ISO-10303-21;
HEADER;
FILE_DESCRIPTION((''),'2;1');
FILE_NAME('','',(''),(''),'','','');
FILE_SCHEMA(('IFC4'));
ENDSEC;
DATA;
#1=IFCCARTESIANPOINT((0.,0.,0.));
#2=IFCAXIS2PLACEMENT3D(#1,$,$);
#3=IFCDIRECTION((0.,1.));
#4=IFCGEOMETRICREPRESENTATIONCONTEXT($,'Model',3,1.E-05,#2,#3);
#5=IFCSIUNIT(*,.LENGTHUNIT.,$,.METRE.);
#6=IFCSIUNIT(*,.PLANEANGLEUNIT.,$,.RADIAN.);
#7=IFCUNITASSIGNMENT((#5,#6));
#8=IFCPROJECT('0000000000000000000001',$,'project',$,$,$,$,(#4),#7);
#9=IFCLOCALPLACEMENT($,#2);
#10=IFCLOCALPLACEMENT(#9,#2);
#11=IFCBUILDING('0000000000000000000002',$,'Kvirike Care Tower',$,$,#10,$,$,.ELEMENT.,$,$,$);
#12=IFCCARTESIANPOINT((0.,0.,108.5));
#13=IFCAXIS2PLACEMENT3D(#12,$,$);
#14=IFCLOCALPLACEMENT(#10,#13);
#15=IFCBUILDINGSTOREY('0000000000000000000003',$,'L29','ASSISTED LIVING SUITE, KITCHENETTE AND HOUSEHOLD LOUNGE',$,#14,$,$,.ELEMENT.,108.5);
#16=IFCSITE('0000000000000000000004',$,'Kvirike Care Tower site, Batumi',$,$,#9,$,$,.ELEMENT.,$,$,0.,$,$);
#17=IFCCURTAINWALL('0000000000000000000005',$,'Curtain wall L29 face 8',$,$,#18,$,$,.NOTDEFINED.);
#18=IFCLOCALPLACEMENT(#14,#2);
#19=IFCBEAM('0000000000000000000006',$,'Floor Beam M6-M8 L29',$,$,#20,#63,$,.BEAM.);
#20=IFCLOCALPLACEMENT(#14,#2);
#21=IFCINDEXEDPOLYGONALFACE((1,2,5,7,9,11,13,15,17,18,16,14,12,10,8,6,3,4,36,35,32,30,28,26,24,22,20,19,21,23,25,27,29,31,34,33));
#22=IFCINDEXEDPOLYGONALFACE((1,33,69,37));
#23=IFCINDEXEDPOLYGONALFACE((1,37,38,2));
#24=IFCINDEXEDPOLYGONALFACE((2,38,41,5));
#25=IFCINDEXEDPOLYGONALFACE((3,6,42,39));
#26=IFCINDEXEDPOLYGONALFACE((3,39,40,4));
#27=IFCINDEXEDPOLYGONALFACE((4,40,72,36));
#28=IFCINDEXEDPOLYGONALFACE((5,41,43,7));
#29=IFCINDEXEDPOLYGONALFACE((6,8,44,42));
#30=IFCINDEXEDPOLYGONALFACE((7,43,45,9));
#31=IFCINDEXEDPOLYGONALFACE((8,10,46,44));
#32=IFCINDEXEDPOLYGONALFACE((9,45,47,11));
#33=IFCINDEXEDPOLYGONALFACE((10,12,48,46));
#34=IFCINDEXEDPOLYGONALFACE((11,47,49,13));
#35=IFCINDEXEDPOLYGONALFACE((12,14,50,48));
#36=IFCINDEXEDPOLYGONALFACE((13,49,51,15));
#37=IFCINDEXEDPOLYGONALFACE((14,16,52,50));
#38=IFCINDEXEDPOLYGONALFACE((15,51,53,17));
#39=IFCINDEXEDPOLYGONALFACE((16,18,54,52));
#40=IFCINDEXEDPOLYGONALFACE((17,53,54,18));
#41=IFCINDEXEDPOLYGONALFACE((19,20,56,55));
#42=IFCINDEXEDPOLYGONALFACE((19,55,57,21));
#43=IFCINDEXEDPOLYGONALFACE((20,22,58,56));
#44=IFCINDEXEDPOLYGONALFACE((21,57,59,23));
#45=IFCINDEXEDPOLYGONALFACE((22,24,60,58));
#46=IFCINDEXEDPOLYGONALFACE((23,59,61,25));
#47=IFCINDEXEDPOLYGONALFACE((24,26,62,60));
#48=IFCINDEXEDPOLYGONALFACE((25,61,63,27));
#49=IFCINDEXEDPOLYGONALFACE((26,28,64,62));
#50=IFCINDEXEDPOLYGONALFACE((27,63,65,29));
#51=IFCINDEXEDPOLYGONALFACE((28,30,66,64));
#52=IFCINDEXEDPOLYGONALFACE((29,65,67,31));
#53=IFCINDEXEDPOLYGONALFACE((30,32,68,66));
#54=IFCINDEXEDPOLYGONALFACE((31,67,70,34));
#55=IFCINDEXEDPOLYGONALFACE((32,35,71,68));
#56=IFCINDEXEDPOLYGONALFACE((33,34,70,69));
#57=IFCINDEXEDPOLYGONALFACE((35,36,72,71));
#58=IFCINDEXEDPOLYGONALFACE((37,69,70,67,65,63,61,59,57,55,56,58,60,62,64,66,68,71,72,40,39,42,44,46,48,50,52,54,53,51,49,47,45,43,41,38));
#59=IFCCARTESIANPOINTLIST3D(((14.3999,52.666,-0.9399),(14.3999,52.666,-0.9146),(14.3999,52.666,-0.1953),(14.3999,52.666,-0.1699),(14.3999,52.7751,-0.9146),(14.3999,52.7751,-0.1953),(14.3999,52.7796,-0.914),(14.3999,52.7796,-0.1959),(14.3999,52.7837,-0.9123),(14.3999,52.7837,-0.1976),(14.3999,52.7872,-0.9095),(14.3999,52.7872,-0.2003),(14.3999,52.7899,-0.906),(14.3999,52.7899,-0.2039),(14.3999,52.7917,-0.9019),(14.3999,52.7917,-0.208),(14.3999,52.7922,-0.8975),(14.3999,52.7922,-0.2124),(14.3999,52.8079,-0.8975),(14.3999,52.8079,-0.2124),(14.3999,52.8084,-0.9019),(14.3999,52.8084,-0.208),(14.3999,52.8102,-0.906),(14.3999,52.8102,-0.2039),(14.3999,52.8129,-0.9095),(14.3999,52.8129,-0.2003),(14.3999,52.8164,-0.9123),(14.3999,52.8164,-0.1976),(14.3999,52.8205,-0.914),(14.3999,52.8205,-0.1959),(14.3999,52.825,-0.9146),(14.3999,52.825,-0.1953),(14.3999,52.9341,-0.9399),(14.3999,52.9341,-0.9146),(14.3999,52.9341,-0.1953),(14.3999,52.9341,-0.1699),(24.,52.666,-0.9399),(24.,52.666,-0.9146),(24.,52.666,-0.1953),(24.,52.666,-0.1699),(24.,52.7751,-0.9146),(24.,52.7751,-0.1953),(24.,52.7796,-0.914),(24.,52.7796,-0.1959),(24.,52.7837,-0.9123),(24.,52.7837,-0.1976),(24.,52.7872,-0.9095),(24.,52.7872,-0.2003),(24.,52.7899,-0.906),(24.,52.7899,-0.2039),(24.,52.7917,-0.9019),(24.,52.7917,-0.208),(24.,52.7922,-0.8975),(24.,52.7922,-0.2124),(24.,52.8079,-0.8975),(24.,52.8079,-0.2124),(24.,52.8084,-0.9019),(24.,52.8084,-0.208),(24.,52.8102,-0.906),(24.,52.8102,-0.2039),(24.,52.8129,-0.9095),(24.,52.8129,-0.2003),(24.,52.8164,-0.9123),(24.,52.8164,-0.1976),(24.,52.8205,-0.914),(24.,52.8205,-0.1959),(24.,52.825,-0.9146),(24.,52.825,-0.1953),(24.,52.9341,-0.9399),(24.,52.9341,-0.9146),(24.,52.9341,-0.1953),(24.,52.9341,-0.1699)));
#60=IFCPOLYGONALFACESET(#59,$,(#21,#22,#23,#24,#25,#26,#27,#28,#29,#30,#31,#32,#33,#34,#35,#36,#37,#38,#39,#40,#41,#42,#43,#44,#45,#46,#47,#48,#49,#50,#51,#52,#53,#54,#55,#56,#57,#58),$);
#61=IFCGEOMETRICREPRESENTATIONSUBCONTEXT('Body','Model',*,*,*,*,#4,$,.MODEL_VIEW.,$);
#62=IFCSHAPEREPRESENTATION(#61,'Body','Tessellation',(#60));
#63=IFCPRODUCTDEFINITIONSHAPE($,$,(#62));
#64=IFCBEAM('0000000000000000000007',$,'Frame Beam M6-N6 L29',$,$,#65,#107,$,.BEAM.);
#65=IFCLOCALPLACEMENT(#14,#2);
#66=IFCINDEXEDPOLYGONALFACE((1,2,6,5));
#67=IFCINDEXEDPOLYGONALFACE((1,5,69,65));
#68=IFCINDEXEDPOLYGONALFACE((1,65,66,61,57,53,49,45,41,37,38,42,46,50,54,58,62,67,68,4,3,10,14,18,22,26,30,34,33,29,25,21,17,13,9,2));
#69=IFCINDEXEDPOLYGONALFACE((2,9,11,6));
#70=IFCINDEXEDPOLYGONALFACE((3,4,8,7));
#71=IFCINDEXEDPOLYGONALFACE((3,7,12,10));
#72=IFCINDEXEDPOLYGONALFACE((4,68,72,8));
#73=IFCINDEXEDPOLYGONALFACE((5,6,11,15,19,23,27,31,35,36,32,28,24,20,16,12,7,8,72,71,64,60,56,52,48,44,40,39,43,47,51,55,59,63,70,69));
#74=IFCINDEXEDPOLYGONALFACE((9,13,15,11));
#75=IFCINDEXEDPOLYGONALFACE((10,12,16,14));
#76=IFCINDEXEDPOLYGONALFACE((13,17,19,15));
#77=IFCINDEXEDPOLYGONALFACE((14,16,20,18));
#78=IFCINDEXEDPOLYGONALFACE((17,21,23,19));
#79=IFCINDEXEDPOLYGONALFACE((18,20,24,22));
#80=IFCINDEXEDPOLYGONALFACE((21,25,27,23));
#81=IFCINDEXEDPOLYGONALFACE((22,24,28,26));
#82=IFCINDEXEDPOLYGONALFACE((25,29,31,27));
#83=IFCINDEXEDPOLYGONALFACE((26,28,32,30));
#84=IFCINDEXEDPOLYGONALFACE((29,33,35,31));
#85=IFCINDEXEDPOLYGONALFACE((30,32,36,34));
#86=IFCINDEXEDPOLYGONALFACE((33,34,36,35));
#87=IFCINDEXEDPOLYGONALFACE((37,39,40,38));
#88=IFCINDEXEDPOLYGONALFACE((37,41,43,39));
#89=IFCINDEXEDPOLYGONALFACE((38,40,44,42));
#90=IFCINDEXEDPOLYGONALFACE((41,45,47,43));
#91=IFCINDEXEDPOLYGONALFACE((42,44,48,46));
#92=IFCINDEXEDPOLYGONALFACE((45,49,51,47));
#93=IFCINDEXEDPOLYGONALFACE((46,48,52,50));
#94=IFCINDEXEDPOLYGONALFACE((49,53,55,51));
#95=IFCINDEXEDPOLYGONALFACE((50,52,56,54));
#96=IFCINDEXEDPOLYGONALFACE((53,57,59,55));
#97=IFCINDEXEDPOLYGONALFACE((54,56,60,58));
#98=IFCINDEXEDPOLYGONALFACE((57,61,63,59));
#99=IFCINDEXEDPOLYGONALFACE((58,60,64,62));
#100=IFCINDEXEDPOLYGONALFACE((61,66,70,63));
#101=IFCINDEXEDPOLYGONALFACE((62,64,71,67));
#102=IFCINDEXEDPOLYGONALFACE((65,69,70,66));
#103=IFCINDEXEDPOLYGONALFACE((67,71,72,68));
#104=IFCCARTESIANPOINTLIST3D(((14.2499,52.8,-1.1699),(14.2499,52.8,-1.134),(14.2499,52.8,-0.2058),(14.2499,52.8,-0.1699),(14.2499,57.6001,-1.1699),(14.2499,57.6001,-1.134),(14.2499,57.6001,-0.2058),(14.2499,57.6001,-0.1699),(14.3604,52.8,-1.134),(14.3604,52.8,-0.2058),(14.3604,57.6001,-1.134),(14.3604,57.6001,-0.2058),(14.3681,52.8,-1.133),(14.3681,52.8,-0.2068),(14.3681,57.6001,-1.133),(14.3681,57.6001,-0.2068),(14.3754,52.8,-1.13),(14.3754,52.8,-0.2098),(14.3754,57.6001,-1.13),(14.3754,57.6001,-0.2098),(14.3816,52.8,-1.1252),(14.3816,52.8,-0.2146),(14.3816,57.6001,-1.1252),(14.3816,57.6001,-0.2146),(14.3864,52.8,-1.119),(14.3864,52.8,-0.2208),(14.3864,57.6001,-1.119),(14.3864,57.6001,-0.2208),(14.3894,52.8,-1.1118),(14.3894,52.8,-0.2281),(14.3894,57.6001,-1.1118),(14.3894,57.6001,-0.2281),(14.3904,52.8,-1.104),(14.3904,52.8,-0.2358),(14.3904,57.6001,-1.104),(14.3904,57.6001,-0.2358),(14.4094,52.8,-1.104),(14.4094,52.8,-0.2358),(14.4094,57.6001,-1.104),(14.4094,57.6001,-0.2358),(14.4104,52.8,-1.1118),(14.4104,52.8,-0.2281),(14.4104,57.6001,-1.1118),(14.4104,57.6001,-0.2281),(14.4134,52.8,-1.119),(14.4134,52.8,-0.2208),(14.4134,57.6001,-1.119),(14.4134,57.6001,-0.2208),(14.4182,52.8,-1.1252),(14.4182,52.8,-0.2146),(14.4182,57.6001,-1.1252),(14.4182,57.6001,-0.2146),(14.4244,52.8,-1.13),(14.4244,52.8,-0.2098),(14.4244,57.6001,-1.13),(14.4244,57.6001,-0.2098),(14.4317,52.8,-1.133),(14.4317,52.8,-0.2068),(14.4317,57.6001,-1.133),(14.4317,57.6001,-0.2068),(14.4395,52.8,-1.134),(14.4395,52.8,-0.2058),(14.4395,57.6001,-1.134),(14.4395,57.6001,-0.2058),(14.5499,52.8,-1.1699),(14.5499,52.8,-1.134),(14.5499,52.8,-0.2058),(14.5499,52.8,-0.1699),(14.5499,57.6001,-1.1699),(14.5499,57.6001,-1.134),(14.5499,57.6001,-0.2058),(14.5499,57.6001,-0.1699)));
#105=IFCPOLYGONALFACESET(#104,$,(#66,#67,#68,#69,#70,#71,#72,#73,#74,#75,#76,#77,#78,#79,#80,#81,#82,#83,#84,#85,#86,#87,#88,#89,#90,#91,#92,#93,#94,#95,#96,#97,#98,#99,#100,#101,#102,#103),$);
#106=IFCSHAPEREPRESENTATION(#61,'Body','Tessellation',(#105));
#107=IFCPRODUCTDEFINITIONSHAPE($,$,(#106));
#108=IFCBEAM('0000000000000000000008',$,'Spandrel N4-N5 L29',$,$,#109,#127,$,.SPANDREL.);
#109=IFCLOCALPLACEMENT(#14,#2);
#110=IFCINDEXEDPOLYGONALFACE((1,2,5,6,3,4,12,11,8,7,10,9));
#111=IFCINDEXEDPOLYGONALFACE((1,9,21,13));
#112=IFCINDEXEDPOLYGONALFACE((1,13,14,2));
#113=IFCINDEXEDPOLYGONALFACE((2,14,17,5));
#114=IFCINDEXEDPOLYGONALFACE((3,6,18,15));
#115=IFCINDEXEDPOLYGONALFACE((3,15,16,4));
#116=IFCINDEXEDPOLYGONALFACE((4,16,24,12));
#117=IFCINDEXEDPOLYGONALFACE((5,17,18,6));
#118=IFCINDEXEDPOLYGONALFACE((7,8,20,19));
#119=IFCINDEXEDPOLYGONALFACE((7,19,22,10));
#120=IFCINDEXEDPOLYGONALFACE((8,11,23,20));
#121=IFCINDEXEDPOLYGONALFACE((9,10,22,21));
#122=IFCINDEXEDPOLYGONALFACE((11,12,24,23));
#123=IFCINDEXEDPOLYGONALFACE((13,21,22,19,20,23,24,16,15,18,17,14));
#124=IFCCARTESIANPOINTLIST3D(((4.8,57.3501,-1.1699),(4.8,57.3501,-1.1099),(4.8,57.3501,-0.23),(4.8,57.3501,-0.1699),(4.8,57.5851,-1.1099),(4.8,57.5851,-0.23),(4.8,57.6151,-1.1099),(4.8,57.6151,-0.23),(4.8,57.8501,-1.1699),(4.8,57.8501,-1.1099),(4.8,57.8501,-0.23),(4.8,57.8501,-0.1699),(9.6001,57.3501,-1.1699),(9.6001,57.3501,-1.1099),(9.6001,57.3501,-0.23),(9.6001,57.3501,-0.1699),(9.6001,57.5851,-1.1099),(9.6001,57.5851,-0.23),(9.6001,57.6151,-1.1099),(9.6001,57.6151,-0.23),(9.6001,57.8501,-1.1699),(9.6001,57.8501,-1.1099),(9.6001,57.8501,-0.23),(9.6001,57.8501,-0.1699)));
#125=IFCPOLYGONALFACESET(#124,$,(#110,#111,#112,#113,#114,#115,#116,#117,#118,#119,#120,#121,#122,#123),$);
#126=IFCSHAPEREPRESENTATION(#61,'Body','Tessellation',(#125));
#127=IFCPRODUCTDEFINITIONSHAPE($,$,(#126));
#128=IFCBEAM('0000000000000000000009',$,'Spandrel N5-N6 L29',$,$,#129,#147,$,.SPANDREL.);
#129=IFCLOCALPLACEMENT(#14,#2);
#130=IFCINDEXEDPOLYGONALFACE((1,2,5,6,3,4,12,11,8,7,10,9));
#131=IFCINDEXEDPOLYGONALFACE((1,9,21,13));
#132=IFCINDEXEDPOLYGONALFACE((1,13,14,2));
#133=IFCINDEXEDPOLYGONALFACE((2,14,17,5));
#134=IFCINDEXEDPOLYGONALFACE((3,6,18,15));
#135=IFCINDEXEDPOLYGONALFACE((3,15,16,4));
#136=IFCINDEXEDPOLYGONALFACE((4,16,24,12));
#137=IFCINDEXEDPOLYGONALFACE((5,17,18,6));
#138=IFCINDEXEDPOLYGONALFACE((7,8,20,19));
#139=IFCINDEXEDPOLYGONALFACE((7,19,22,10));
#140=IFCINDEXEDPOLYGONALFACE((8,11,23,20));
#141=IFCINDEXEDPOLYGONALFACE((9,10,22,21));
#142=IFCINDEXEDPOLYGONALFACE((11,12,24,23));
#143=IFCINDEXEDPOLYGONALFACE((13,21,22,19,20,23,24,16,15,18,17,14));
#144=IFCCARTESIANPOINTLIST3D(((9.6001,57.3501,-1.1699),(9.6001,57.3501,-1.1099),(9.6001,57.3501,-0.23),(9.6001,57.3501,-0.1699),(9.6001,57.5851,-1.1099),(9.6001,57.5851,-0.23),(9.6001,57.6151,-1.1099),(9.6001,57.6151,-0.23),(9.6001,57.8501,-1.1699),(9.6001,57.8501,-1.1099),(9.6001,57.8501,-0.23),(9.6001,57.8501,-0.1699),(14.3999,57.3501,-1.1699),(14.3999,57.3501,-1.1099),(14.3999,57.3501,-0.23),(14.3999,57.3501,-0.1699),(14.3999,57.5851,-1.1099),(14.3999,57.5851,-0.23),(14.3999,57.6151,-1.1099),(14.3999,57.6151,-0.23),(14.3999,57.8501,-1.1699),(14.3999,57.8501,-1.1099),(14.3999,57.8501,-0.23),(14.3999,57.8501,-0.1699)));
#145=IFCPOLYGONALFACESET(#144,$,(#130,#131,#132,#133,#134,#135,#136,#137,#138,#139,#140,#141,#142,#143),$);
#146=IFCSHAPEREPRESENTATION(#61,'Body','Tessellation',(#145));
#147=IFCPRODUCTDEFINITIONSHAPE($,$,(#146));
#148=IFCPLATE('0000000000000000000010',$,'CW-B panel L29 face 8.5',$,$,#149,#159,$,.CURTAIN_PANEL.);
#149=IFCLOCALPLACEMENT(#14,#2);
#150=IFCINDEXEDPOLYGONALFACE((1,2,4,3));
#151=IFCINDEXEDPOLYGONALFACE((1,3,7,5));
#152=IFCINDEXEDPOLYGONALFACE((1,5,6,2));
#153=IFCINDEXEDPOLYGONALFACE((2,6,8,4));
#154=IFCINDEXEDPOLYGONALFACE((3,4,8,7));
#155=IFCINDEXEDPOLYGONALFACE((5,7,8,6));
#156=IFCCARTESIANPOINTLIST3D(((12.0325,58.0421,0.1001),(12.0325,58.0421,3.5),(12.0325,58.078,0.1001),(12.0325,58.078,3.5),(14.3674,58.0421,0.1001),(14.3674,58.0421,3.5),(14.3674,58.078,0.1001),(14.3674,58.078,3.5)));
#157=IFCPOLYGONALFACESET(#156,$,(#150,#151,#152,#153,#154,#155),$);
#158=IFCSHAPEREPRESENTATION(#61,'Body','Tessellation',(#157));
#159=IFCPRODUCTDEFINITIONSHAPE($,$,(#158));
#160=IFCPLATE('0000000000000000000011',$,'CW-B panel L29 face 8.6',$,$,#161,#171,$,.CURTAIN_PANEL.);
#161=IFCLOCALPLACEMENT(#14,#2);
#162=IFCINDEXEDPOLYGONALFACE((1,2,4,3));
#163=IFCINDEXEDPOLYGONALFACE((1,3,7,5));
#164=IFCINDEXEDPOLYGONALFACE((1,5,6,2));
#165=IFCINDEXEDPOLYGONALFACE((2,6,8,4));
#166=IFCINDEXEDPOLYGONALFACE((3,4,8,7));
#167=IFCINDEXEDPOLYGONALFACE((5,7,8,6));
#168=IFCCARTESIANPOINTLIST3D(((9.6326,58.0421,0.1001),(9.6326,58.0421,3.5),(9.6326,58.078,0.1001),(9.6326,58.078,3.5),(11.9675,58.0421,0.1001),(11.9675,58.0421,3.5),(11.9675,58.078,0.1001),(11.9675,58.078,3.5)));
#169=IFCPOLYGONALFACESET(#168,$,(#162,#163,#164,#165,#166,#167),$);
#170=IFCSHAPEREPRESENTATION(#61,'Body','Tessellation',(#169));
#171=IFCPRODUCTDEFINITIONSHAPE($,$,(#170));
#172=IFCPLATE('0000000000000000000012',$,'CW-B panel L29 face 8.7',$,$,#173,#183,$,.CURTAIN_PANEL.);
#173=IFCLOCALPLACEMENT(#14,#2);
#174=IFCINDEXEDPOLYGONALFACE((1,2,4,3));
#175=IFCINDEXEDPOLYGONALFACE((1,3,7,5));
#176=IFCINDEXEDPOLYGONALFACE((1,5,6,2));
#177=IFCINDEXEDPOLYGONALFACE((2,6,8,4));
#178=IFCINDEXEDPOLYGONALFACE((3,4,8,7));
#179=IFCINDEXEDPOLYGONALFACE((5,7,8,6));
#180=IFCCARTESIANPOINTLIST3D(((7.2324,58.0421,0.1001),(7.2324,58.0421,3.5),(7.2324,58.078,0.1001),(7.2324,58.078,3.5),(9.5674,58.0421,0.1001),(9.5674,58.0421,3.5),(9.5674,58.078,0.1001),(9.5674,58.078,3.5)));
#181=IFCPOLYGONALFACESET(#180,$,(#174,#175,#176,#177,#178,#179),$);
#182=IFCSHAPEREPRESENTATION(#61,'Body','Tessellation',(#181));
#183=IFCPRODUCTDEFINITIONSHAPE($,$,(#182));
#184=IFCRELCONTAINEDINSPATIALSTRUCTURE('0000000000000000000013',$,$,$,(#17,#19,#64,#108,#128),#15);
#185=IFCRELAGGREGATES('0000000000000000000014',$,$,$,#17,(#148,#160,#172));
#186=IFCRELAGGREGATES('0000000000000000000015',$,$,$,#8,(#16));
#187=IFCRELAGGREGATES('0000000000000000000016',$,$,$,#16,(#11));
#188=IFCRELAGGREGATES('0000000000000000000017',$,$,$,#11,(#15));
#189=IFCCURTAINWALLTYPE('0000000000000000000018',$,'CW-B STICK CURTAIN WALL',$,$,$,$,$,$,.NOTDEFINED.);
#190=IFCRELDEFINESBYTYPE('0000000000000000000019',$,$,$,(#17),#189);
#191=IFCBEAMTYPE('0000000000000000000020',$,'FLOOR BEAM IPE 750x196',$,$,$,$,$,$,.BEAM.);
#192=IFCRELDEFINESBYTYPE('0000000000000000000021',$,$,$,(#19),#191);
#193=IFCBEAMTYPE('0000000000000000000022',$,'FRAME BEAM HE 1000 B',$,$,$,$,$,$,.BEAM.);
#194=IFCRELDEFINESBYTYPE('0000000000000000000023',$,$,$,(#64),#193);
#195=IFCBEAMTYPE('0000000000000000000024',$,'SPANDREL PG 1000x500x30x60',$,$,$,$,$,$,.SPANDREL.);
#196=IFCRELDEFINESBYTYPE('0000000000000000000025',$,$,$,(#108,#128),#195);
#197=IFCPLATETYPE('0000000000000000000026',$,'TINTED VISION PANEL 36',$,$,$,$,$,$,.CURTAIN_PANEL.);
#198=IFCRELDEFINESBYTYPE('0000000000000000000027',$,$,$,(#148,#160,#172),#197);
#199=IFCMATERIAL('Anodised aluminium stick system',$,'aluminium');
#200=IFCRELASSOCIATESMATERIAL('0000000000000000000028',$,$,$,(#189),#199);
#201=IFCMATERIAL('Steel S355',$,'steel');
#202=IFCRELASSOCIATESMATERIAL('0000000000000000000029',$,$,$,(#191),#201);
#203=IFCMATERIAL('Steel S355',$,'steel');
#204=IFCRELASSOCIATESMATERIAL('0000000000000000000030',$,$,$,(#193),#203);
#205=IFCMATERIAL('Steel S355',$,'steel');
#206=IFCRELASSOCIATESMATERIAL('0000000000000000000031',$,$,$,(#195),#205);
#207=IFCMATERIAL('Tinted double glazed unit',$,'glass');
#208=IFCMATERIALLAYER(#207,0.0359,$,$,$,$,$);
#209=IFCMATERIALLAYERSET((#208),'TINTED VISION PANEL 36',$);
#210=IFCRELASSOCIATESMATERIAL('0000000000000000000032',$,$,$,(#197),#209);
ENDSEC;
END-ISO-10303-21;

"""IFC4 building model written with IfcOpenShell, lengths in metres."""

from ifc_helpers import new_model, si_unit, direction, frame, origin, origin_2d, place, context, subcontext, project, spatial, rectangle, i_section, extrude, material, layer, layer_set, material_profile, profile_set, type_object, element, aggregate, save


model = new_model("IFC4")

# Units and contexts
model_context = context("Model", 3, precision=1e-05, world=origin(), true_north=direction((0.0, 1.0)))
body_context = subcontext(model_context, "Body", "Model", "MODEL_VIEW")
ifc_project = project(units=[si_unit("LENGTHUNIT", "METRE"), si_unit("PLANEANGLEUNIT", "RADIAN")], contexts=[model_context])

# Site, building, storey
site_placement = place(None, origin())
site = spatial("IfcSite", under=ifc_project, at=site_placement, Name="Kvirike Care Tower site, Batumi", CompositionType="ELEMENT", RefElevation=0.0)
building_placement = place(site_placement, origin())
building = spatial("IfcBuilding", under=site, at=building_placement, Name="Kvirike Care Tower", CompositionType="ELEMENT")
storey_placement = place(building_placement, frame((0.0, 0.0, 108.5)))
storey = spatial("IfcBuildingStorey", under=building, at=storey_placement, Name="L29", Description="ASSISTED LIVING SUITE, KITCHENETTE AND HOUSEHOLD LOUNGE", CompositionType="ELEMENT", Elevation=108.5)

# Curtain wall
ifc_material_1 = material(Name="Anodised aluminium stick system", Category="aluminium")
curtain_wall_type = type_object("IfcCurtainWallType", Name="CW-B STICK CURTAIN WALL", PredefinedType="NOTDEFINED", material=ifc_material_1)
curtain_wall_placement = place(storey_placement, origin())
curtain_wall = element("IfcCurtainWall", 1, at=curtain_wall_placement, inside=storey, type_object=curtain_wall_type, Name="Curtain wall L29 face 8", PredefinedType="NOTDEFINED")

# Beams
ifc_material_2 = material(Name="Steel S355", Category="steel")
ifc_material_profile_1 = material_profile(ifc_material_2, i_section(OverallWidth=0.2681, OverallDepth=0.77, WebThickness=0.0156, FlangeThickness=0.0254, FilletRadius=0.0171, at=origin_2d()), Name="IPE 750x196")
ifc_profile_set_1 = profile_set([ifc_material_profile_1], Name="Steel S355")
beam_type_1 = type_object("IfcBeamType", Name="FLOOR BEAM IPE 750x196", PredefinedType="BEAM", material=ifc_profile_set_1)
beam_1_placement = place(storey_placement, frame((14.3999, 52.8, -0.5549), z_axis=(1.0, 0.0, 0.0), x_axis=(0.0, 1.0, 0.0)))
element("IfcBeam", 2, at=beam_1_placement, inside=storey, type_object=beam_type_1, Name="Floor Beam M6-M8 L29", PredefinedType="BEAM", context=body_context, shape_type="SweptSolid", body=[
    extrude(i_section(OverallWidth=0.2681, OverallDepth=0.77, WebThickness=0.0156, FlangeThickness=0.0254, FilletRadius=0.0171, at=origin_2d()), origin(), (0.0, 0.0, 1.0), 9.6001),
])
ifc_material_3 = material(Name="Steel S355", Category="steel")
ifc_material_profile_2 = material_profile(ifc_material_3, i_section(OverallWidth=0.3, OverallDepth=1.0, WebThickness=0.019, FlangeThickness=0.0359, FilletRadius=0.03, at=origin_2d()), Name="HE 1000 B")
ifc_profile_set_2 = profile_set([ifc_material_profile_2], Name="Steel S355")
beam_type_2 = type_object("IfcBeamType", Name="FRAME BEAM HE 1000 B", PredefinedType="BEAM", material=ifc_profile_set_2)
beam_2_placement = place(storey_placement, frame((14.3999, 52.8, -0.6699), z_axis=(0.0, 1.0, 0.0), x_axis=(-1.0, 0.0, 0.0)))
element("IfcBeam", 3, at=beam_2_placement, inside=storey, type_object=beam_type_2, Name="Frame Beam M6-N6 L29", PredefinedType="BEAM", context=body_context, shape_type="SweptSolid", body=[
    extrude(i_section(OverallWidth=0.3, OverallDepth=1.0, WebThickness=0.019, FlangeThickness=0.0359, FilletRadius=0.03, at=origin_2d()), origin(), (0.0, 0.0, 1.0), 4.8),
])
ifc_material_4 = material(Name="Steel S355", Category="steel")
ifc_material_profile_3 = material_profile(ifc_material_4, i_section(OverallWidth=0.5, OverallDepth=1.0, WebThickness=0.03, FlangeThickness=0.0601, at=origin_2d()), Name="PG 1000x500x30x60")
ifc_profile_set_3 = profile_set([ifc_material_profile_3], Name="Steel S355")
beam_type_3 = type_object("IfcBeamType", Name="SPANDREL PG 1000x500x30x60", PredefinedType="SPANDREL", material=ifc_profile_set_3)
beam_3_placement = place(storey_placement, frame((4.8, 57.6001, -0.6699), z_axis=(1.0, 0.0, 0.0), x_axis=(0.0, 1.0, 0.0)))
element("IfcBeam", 4, at=beam_3_placement, inside=storey, type_object=beam_type_3, Name="Spandrel N4-N5 L29", PredefinedType="SPANDREL", context=body_context, shape_type="SweptSolid", body=[
    extrude(i_section(OverallWidth=0.5, OverallDepth=1.0, WebThickness=0.03, FlangeThickness=0.0601, at=origin_2d()), origin(), (0.0, 0.0, 1.0), 4.8),
])
beam_4_placement = place(storey_placement, frame((9.6001, 57.6001, -0.6699), z_axis=(1.0, 0.0, 0.0), x_axis=(0.0, 1.0, 0.0)))
element("IfcBeam", 5, at=beam_4_placement, inside=storey, type_object=beam_type_3, Name="Spandrel N5-N6 L29", PredefinedType="SPANDREL", context=body_context, shape_type="SweptSolid", body=[
    extrude(i_section(OverallWidth=0.5, OverallDepth=1.0, WebThickness=0.03, FlangeThickness=0.0601, at=origin_2d()), origin(), (0.0, 0.0, 1.0), 4.7998),
])

# Plates
ifc_material_5 = material(Name="Tinted double glazed unit", Category="glass")
ifc_layer_1 = layer(ifc_material_5, 0.0359)
ifc_layer_set_1 = layer_set([ifc_layer_1], Name="TINTED VISION PANEL 36")
plate_type = type_object("IfcPlateType", Name="TINTED VISION PANEL 36", PredefinedType="CURTAIN_PANEL", material=ifc_layer_set_1)
plate_1_placement = place(storey_placement, frame((13.2, 58.0601, 0.1001), z_axis=(0.0, 0.0, 1.0), x_axis=(-1.0, 0.0, 0.0)))
plate_1 = element("IfcPlate", 6, at=plate_1_placement, type_object=plate_type, Name="CW-B panel L29 face 8.5", PredefinedType="CURTAIN_PANEL", context=body_context, shape_type="SweptSolid", body=[
    extrude(rectangle(XDim=2.335, YDim=0.0359, at=origin_2d()), origin(), (0.0, 0.0, 1.0), 3.3999),
])
plate_2_placement = place(storey_placement, frame((10.8, 58.0601, 0.1001), z_axis=(0.0, 0.0, 1.0), x_axis=(-1.0, 0.0, 0.0)))
plate_2 = element("IfcPlate", 7, at=plate_2_placement, type_object=plate_type, Name="CW-B panel L29 face 8.6", PredefinedType="CURTAIN_PANEL", context=body_context, shape_type="SweptSolid", body=[
    extrude(rectangle(XDim=2.335, YDim=0.0359, at=origin_2d()), origin(), (0.0, 0.0, 1.0), 3.3999),
])
plate_3_placement = place(storey_placement, frame((8.3999, 58.0601, 0.1001), z_axis=(0.0, 0.0, 1.0), x_axis=(-1.0, 0.0, 0.0)))
plate_3 = element("IfcPlate", 8, at=plate_3_placement, type_object=plate_type, Name="CW-B panel L29 face 8.7", PredefinedType="CURTAIN_PANEL", context=body_context, shape_type="SweptSolid", body=[
    extrude(rectangle(XDim=2.335, YDim=0.0359, at=origin_2d()), origin(), (0.0, 0.0, 1.0), 3.3999),
])
aggregate(curtain_wall, [plate_1, plate_2, plate_3])

save(model, "model.ifc")
